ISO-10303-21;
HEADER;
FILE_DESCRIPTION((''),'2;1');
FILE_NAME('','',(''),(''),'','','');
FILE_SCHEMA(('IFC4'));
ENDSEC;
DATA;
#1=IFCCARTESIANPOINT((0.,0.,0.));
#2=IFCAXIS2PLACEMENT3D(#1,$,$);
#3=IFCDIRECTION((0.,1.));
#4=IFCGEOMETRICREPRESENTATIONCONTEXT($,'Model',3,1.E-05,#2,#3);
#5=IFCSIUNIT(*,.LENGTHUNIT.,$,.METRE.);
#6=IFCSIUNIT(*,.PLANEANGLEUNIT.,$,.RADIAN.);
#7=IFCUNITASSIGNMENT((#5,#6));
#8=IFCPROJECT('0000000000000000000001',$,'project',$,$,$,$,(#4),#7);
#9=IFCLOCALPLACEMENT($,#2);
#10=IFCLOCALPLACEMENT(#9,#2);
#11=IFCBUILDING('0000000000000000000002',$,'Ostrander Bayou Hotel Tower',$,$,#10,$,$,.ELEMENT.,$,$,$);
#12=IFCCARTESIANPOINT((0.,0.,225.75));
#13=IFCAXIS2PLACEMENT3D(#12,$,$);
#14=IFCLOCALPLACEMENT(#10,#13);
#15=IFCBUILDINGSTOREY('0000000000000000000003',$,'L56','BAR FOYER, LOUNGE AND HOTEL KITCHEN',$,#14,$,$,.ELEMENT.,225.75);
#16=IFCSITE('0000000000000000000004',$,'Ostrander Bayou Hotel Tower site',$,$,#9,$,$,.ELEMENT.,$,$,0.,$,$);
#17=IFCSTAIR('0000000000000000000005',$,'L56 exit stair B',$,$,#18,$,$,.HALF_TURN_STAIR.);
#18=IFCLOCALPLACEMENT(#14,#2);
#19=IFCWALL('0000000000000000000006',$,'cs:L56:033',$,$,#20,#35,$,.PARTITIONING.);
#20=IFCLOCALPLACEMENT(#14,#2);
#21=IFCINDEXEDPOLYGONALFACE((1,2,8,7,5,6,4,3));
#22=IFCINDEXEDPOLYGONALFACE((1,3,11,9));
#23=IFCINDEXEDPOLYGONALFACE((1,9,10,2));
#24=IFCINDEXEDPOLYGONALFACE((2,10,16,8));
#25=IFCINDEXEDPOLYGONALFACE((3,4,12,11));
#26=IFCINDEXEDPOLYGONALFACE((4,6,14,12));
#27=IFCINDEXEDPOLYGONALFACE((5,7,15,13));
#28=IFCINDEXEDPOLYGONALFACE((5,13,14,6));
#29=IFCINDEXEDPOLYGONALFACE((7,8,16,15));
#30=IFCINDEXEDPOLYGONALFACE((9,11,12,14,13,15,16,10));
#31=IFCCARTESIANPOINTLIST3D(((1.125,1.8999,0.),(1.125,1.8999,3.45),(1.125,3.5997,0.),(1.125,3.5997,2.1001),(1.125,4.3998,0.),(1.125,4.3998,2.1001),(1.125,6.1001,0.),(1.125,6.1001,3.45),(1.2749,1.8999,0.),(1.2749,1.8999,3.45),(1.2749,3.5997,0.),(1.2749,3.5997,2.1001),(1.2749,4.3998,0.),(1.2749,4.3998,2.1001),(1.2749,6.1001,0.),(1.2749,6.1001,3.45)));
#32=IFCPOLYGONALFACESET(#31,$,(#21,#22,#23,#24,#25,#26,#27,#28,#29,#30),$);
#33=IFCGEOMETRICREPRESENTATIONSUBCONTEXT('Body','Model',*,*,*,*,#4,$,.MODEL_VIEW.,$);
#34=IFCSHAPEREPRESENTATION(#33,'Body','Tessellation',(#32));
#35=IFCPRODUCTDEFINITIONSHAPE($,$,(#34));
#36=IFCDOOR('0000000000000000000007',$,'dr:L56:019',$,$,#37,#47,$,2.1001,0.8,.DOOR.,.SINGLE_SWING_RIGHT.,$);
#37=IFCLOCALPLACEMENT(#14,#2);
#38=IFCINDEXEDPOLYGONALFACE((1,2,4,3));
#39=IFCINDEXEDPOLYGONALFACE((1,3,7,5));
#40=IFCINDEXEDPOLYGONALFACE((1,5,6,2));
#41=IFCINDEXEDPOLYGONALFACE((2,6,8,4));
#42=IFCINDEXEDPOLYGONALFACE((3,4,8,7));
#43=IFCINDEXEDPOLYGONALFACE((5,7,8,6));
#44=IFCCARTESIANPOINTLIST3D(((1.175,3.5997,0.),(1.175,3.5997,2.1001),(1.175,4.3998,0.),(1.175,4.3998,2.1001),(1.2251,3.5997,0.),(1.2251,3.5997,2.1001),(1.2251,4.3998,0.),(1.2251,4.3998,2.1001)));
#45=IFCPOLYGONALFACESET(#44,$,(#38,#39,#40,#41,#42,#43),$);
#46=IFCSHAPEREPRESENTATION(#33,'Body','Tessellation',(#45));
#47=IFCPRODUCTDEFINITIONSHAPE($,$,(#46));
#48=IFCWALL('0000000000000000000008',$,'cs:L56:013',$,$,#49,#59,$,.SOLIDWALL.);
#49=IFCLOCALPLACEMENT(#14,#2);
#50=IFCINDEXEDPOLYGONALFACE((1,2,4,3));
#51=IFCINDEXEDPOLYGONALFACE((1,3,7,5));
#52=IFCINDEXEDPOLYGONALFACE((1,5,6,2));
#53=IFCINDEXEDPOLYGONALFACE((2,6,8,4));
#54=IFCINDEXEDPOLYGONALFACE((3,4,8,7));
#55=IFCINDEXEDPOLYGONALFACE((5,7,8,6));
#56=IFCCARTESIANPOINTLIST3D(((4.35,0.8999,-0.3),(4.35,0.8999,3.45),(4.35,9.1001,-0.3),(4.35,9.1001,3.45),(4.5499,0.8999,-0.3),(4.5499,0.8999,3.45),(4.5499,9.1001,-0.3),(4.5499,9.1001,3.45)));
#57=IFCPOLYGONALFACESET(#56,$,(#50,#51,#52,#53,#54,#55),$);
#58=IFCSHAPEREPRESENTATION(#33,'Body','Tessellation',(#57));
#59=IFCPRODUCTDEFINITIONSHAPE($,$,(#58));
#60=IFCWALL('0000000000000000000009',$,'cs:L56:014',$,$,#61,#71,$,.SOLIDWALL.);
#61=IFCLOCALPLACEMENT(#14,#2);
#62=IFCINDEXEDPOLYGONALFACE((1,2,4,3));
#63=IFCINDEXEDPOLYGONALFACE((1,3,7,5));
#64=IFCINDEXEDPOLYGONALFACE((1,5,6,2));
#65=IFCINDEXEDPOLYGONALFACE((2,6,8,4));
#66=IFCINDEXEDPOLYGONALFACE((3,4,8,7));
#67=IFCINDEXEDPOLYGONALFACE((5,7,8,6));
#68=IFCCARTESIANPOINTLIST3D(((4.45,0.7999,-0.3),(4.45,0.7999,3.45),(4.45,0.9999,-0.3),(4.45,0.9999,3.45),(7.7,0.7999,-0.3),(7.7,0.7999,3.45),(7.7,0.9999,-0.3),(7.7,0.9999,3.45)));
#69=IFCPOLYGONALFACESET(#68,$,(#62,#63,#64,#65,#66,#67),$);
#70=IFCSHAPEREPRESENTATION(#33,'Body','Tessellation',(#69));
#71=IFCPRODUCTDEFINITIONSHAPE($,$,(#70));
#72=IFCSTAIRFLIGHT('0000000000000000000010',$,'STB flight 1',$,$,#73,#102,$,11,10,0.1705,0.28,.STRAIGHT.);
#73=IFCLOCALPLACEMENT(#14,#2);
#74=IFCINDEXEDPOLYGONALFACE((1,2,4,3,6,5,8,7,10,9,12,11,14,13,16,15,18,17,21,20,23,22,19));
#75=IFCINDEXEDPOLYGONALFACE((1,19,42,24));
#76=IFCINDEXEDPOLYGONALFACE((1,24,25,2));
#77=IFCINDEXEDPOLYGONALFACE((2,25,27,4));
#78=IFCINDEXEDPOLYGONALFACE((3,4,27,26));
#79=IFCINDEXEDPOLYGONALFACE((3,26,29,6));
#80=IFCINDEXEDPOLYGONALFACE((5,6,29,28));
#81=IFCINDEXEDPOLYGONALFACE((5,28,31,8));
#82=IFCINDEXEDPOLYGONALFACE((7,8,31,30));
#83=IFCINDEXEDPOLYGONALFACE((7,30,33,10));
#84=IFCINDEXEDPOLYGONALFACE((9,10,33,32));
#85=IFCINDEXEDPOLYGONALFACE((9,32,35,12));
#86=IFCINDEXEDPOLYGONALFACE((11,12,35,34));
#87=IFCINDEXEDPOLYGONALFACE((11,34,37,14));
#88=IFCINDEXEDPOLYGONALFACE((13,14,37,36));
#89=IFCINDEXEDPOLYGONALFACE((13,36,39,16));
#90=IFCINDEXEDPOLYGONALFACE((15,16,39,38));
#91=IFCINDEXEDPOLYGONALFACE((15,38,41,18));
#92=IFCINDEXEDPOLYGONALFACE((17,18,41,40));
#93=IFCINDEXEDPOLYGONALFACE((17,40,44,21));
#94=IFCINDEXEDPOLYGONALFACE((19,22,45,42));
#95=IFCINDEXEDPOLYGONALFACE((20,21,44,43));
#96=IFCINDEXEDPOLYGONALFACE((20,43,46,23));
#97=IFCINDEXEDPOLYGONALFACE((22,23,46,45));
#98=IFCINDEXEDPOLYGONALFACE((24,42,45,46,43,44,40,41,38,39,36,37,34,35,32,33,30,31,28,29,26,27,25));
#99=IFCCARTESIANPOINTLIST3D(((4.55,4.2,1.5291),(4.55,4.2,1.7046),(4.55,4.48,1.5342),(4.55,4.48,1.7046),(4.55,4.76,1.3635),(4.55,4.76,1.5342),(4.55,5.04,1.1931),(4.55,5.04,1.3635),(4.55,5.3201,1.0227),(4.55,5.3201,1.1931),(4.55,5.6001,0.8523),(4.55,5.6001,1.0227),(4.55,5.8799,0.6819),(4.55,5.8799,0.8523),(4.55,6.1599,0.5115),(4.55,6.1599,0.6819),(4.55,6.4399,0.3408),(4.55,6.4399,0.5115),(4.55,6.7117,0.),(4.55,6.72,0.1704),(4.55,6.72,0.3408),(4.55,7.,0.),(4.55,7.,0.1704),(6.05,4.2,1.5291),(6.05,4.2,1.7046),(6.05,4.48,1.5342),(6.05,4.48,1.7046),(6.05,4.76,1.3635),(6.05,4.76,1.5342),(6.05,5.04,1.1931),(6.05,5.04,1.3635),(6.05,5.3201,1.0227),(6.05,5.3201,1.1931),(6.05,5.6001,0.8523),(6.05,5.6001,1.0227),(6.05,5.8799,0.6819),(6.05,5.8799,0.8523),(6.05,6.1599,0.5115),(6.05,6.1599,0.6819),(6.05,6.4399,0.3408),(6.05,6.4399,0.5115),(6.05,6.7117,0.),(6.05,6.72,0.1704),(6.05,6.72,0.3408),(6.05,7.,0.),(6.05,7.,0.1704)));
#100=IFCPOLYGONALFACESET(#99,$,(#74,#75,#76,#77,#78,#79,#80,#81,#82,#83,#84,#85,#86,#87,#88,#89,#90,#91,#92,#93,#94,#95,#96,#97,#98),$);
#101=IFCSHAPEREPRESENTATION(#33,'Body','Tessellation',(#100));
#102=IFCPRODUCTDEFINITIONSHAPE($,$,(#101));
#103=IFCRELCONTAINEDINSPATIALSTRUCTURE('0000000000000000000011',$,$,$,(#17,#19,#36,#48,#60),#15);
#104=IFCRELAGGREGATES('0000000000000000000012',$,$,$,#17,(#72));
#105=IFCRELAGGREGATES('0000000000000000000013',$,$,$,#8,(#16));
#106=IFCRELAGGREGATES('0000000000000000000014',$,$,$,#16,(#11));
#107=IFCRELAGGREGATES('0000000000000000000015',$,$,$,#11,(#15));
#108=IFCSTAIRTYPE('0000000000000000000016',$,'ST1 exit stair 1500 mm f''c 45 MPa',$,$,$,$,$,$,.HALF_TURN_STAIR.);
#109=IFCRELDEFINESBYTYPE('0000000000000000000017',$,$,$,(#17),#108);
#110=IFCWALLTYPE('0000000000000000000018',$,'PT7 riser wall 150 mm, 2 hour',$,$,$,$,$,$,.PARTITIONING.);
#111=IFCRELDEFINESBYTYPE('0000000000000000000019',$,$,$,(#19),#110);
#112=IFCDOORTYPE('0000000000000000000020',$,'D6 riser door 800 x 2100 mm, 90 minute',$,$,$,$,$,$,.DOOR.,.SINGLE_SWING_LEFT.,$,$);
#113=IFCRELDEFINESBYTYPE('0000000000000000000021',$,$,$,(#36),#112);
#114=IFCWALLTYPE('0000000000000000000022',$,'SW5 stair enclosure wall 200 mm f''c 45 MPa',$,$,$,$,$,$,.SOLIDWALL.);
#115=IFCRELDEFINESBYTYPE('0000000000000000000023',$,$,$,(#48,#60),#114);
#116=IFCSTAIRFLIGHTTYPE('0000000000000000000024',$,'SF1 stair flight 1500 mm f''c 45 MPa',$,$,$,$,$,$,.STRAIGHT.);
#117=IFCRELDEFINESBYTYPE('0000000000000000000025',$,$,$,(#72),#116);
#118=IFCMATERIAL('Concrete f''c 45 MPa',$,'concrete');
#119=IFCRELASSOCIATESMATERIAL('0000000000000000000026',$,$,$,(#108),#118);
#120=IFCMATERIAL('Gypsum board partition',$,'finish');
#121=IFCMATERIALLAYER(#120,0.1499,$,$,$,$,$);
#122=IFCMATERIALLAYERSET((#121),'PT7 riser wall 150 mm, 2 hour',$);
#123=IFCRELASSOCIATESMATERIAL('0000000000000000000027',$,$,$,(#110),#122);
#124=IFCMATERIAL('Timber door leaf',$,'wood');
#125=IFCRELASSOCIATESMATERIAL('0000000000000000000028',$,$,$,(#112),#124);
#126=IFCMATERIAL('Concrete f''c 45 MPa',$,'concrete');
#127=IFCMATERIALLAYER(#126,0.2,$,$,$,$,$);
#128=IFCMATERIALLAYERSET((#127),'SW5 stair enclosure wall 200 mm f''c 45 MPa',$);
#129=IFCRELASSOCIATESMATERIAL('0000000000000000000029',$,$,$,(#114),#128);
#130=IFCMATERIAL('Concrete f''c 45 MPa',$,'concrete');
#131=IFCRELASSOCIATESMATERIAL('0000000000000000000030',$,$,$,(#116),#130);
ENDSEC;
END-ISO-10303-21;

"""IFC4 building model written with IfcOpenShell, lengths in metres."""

from ifc_helpers import new_model, si_unit, direction, frame, frame_2d, origin, place, context, subcontext, project, spatial, polyline, rectangle, outline, extrude, material, layer, layer_set, type_object, element, fill, aggregate, save


model = new_model("IFC4")

# Units and contexts
model_context = context("Model", 3, precision=1e-05, world=origin(), true_north=direction((0.0, 1.0)))
body_context = subcontext(model_context, "Body", "Model", "MODEL_VIEW")
ifc_project = project(units=[si_unit("LENGTHUNIT", "METRE"), si_unit("PLANEANGLEUNIT", "RADIAN")], contexts=[model_context])

# Site, building, storey
site_placement = place(None, origin())
site = spatial("IfcSite", under=ifc_project, at=site_placement, Name="Ostrander Bayou Hotel Tower site", CompositionType="ELEMENT", RefElevation=0.0)
building_placement = place(site_placement, origin())
building = spatial("IfcBuilding", under=site, at=building_placement, Name="Ostrander Bayou Hotel Tower", CompositionType="ELEMENT")
storey_placement = place(building_placement, frame((0.0, 0.0, 225.75)))
storey = spatial("IfcBuildingStorey", under=building, at=storey_placement, Name="L56", Description="BAR FOYER, LOUNGE AND HOTEL KITCHEN", CompositionType="ELEMENT", Elevation=225.75)

# Stair
ifc_material_1 = material(Name="Concrete f'c 45 MPa", Category="concrete")
stair_type = type_object("IfcStairType", Name="ST1 exit stair 1500 mm f'c 45 MPa", PredefinedType="HALF_TURN_STAIR", material=ifc_material_1)
stair_1_placement = place(storey_placement, origin())
stair_1 = element("IfcStair", 1, at=stair_1_placement, inside=storey, type_object=stair_type, Name="L56 exit stair B", PredefinedType="HALF_TURN_STAIR")

# Wall, opening, door
ifc_material_2 = material(Name="Gypsum board partition", Category="finish")
ifc_layer_1 = layer(ifc_material_2, 0.1499)
ifc_layer_set_1 = layer_set([ifc_layer_1], Name="PT7 riser wall 150 mm, 2 hour")
wall_type_1 = type_object("IfcWallType", Name="PT7 riser wall 150 mm, 2 hour", PredefinedType="PARTITIONING", material=ifc_layer_set_1)
wall_1_placement = place(storey_placement, frame((1.2, 1.8999, 0.0), z_axis=(0.0, 0.0, 1.0), x_axis=(0.0, 1.0, 0.0)))
wall_1 = element("IfcWall", 2, at=wall_1_placement, inside=storey, type_object=wall_type_1, Name="cs:L56:033", PredefinedType="PARTITIONING", context=body_context, shape_type="SweptSolid", body=[
    extrude(rectangle(XDim=4.2002, YDim=0.1499, at=frame_2d((2.1001, 0.0))), origin(), (0.0, 0.0, 1.0), 3.45),
])
opening_1_placement = place(wall_1_placement, frame((1.7, 0.0, 0.0)))
opening_1 = element("IfcOpeningElement", 3, at=opening_1_placement, cuts=wall_1, PredefinedType="OPENING", context=body_context, shape_type="SweptSolid", body=[
    extrude(rectangle(XDim=0.8, YDim=2.1001, at=frame_2d((0.3999, 1.05))), frame((0.0, 0.075, 0.0), z_axis=(0.0, -1.0, 0.0), x_axis=(1.0, 0.0, 0.0)), (0.0, 0.0, 1.0), 0.1499),
])
ifc_material_3 = material(Name="Timber door leaf", Category="wood")
door_type_1 = type_object("IfcDoorType", Name="D6 riser door 800 x 2100 mm, 90 minute", OperationType="SINGLE_SWING_LEFT", PredefinedType="DOOR", material=ifc_material_3)
door_1_placement = place(opening_1_placement, origin())
door_1 = element("IfcDoor", 4, at=door_1_placement, inside=storey, type_object=door_type_1, Name="dr:L56:019", OperationType="SINGLE_SWING_RIGHT", OverallHeight=2.1001, OverallWidth=0.8, PredefinedType="DOOR", context=body_context, shape_type="SweptSolid", body=[
    extrude(rectangle(XDim=0.8, YDim=2.1001, at=frame_2d((0.3999, 1.05))), frame((0.0, 0.0249, 0.0), z_axis=(0.0, -1.0, 0.0), x_axis=(1.0, 0.0, 0.0)), (0.0, 0.0, 1.0), 0.05),
])
fill(opening_1, door_1)

# Walls
ifc_material_4 = material(Name="Concrete f'c 45 MPa", Category="concrete")
ifc_layer_2 = layer(ifc_material_4, 0.2)
ifc_layer_set_2 = layer_set([ifc_layer_2], Name="SW5 stair enclosure wall 200 mm f'c 45 MPa")
wall_type_2 = type_object("IfcWallType", Name="SW5 stair enclosure wall 200 mm f'c 45 MPa", PredefinedType="SOLIDWALL", material=ifc_layer_set_2)
wall_2_placement = place(storey_placement, frame((4.45, 0.8999, -0.3), z_axis=(0.0, 0.0, 1.0), x_axis=(0.0, 1.0, 0.0)))
element("IfcWall", 5, at=wall_2_placement, inside=storey, type_object=wall_type_2, Name="cs:L56:013", PredefinedType="SOLIDWALL", context=body_context, shape_type="SweptSolid", body=[
    extrude(rectangle(XDim=8.2002, YDim=0.2, at=frame_2d((4.1001, 0.0))), origin(), (0.0, 0.0, 1.0), 3.75),
])
wall_3_placement = place(storey_placement, frame((4.45, 0.8999, -0.3), z_axis=(0.0, 0.0, 1.0), x_axis=(1.0, 0.0, 0.0)))
element("IfcWall", 6, at=wall_3_placement, inside=storey, type_object=wall_type_2, Name="cs:L56:014", PredefinedType="SOLIDWALL", context=body_context, shape_type="SweptSolid", body=[
    extrude(rectangle(XDim=3.25, YDim=0.2, at=frame_2d((1.625, 0.0))), origin(), (0.0, 0.0, 1.0), 3.75),
])

# Stair flight
ifc_material_5 = material(Name="Concrete f'c 45 MPa", Category="concrete")
stair_flight_type = type_object("IfcStairFlightType", Name="SF1 stair flight 1500 mm f'c 45 MPa", PredefinedType="STRAIGHT", material=ifc_material_5)
stair_flight_placement = place(storey_placement, frame((5.3, 7.0, 0.0), z_axis=(0.0, 0.0, 1.0), x_axis=(0.0, -1.0, 0.0)))
stair_flight = element("IfcStairFlight", 7, at=stair_flight_placement, type_object=stair_flight_type, Name="STB flight 1", NumberOfRisers=11, NumberOfTreads=10, PredefinedType="STRAIGHT", RiserHeight=0.1705, TreadLength=0.28, context=body_context, shape_type="SweptSolid", body=[
    extrude(outline(polyline([(0.0, 0.0), (0.0, 0.1704), (0.28, 0.1704), (0.28, 0.3408), (0.5601, 0.3408), (0.5601, 0.5115), (0.8401, 0.5115), (0.8401, 0.6819), (1.1201, 0.6819), (1.1201, 0.8523), (1.3999, 0.8523), (1.3999, 1.0227), (1.6799, 1.0227), (1.6799, 1.1931), (1.96, 1.1931), (1.96, 1.3635), (2.24, 1.3635), (2.24, 1.5342), (2.52, 1.5342), (2.52, 1.7046), (2.8, 1.7046), (2.8, 1.875), (2.8, 1.5291), (0.2883, 0.0), (0.0, 0.0)])), frame((0.0, 0.75, 0.0), z_axis=(0.0, -1.0, 0.0), x_axis=(1.0, 0.0, 0.0)), (0.0, 0.0, 1.0), 1.5),
])
aggregate(stair_1, [stair_flight])

save(model, "model.ifc")
